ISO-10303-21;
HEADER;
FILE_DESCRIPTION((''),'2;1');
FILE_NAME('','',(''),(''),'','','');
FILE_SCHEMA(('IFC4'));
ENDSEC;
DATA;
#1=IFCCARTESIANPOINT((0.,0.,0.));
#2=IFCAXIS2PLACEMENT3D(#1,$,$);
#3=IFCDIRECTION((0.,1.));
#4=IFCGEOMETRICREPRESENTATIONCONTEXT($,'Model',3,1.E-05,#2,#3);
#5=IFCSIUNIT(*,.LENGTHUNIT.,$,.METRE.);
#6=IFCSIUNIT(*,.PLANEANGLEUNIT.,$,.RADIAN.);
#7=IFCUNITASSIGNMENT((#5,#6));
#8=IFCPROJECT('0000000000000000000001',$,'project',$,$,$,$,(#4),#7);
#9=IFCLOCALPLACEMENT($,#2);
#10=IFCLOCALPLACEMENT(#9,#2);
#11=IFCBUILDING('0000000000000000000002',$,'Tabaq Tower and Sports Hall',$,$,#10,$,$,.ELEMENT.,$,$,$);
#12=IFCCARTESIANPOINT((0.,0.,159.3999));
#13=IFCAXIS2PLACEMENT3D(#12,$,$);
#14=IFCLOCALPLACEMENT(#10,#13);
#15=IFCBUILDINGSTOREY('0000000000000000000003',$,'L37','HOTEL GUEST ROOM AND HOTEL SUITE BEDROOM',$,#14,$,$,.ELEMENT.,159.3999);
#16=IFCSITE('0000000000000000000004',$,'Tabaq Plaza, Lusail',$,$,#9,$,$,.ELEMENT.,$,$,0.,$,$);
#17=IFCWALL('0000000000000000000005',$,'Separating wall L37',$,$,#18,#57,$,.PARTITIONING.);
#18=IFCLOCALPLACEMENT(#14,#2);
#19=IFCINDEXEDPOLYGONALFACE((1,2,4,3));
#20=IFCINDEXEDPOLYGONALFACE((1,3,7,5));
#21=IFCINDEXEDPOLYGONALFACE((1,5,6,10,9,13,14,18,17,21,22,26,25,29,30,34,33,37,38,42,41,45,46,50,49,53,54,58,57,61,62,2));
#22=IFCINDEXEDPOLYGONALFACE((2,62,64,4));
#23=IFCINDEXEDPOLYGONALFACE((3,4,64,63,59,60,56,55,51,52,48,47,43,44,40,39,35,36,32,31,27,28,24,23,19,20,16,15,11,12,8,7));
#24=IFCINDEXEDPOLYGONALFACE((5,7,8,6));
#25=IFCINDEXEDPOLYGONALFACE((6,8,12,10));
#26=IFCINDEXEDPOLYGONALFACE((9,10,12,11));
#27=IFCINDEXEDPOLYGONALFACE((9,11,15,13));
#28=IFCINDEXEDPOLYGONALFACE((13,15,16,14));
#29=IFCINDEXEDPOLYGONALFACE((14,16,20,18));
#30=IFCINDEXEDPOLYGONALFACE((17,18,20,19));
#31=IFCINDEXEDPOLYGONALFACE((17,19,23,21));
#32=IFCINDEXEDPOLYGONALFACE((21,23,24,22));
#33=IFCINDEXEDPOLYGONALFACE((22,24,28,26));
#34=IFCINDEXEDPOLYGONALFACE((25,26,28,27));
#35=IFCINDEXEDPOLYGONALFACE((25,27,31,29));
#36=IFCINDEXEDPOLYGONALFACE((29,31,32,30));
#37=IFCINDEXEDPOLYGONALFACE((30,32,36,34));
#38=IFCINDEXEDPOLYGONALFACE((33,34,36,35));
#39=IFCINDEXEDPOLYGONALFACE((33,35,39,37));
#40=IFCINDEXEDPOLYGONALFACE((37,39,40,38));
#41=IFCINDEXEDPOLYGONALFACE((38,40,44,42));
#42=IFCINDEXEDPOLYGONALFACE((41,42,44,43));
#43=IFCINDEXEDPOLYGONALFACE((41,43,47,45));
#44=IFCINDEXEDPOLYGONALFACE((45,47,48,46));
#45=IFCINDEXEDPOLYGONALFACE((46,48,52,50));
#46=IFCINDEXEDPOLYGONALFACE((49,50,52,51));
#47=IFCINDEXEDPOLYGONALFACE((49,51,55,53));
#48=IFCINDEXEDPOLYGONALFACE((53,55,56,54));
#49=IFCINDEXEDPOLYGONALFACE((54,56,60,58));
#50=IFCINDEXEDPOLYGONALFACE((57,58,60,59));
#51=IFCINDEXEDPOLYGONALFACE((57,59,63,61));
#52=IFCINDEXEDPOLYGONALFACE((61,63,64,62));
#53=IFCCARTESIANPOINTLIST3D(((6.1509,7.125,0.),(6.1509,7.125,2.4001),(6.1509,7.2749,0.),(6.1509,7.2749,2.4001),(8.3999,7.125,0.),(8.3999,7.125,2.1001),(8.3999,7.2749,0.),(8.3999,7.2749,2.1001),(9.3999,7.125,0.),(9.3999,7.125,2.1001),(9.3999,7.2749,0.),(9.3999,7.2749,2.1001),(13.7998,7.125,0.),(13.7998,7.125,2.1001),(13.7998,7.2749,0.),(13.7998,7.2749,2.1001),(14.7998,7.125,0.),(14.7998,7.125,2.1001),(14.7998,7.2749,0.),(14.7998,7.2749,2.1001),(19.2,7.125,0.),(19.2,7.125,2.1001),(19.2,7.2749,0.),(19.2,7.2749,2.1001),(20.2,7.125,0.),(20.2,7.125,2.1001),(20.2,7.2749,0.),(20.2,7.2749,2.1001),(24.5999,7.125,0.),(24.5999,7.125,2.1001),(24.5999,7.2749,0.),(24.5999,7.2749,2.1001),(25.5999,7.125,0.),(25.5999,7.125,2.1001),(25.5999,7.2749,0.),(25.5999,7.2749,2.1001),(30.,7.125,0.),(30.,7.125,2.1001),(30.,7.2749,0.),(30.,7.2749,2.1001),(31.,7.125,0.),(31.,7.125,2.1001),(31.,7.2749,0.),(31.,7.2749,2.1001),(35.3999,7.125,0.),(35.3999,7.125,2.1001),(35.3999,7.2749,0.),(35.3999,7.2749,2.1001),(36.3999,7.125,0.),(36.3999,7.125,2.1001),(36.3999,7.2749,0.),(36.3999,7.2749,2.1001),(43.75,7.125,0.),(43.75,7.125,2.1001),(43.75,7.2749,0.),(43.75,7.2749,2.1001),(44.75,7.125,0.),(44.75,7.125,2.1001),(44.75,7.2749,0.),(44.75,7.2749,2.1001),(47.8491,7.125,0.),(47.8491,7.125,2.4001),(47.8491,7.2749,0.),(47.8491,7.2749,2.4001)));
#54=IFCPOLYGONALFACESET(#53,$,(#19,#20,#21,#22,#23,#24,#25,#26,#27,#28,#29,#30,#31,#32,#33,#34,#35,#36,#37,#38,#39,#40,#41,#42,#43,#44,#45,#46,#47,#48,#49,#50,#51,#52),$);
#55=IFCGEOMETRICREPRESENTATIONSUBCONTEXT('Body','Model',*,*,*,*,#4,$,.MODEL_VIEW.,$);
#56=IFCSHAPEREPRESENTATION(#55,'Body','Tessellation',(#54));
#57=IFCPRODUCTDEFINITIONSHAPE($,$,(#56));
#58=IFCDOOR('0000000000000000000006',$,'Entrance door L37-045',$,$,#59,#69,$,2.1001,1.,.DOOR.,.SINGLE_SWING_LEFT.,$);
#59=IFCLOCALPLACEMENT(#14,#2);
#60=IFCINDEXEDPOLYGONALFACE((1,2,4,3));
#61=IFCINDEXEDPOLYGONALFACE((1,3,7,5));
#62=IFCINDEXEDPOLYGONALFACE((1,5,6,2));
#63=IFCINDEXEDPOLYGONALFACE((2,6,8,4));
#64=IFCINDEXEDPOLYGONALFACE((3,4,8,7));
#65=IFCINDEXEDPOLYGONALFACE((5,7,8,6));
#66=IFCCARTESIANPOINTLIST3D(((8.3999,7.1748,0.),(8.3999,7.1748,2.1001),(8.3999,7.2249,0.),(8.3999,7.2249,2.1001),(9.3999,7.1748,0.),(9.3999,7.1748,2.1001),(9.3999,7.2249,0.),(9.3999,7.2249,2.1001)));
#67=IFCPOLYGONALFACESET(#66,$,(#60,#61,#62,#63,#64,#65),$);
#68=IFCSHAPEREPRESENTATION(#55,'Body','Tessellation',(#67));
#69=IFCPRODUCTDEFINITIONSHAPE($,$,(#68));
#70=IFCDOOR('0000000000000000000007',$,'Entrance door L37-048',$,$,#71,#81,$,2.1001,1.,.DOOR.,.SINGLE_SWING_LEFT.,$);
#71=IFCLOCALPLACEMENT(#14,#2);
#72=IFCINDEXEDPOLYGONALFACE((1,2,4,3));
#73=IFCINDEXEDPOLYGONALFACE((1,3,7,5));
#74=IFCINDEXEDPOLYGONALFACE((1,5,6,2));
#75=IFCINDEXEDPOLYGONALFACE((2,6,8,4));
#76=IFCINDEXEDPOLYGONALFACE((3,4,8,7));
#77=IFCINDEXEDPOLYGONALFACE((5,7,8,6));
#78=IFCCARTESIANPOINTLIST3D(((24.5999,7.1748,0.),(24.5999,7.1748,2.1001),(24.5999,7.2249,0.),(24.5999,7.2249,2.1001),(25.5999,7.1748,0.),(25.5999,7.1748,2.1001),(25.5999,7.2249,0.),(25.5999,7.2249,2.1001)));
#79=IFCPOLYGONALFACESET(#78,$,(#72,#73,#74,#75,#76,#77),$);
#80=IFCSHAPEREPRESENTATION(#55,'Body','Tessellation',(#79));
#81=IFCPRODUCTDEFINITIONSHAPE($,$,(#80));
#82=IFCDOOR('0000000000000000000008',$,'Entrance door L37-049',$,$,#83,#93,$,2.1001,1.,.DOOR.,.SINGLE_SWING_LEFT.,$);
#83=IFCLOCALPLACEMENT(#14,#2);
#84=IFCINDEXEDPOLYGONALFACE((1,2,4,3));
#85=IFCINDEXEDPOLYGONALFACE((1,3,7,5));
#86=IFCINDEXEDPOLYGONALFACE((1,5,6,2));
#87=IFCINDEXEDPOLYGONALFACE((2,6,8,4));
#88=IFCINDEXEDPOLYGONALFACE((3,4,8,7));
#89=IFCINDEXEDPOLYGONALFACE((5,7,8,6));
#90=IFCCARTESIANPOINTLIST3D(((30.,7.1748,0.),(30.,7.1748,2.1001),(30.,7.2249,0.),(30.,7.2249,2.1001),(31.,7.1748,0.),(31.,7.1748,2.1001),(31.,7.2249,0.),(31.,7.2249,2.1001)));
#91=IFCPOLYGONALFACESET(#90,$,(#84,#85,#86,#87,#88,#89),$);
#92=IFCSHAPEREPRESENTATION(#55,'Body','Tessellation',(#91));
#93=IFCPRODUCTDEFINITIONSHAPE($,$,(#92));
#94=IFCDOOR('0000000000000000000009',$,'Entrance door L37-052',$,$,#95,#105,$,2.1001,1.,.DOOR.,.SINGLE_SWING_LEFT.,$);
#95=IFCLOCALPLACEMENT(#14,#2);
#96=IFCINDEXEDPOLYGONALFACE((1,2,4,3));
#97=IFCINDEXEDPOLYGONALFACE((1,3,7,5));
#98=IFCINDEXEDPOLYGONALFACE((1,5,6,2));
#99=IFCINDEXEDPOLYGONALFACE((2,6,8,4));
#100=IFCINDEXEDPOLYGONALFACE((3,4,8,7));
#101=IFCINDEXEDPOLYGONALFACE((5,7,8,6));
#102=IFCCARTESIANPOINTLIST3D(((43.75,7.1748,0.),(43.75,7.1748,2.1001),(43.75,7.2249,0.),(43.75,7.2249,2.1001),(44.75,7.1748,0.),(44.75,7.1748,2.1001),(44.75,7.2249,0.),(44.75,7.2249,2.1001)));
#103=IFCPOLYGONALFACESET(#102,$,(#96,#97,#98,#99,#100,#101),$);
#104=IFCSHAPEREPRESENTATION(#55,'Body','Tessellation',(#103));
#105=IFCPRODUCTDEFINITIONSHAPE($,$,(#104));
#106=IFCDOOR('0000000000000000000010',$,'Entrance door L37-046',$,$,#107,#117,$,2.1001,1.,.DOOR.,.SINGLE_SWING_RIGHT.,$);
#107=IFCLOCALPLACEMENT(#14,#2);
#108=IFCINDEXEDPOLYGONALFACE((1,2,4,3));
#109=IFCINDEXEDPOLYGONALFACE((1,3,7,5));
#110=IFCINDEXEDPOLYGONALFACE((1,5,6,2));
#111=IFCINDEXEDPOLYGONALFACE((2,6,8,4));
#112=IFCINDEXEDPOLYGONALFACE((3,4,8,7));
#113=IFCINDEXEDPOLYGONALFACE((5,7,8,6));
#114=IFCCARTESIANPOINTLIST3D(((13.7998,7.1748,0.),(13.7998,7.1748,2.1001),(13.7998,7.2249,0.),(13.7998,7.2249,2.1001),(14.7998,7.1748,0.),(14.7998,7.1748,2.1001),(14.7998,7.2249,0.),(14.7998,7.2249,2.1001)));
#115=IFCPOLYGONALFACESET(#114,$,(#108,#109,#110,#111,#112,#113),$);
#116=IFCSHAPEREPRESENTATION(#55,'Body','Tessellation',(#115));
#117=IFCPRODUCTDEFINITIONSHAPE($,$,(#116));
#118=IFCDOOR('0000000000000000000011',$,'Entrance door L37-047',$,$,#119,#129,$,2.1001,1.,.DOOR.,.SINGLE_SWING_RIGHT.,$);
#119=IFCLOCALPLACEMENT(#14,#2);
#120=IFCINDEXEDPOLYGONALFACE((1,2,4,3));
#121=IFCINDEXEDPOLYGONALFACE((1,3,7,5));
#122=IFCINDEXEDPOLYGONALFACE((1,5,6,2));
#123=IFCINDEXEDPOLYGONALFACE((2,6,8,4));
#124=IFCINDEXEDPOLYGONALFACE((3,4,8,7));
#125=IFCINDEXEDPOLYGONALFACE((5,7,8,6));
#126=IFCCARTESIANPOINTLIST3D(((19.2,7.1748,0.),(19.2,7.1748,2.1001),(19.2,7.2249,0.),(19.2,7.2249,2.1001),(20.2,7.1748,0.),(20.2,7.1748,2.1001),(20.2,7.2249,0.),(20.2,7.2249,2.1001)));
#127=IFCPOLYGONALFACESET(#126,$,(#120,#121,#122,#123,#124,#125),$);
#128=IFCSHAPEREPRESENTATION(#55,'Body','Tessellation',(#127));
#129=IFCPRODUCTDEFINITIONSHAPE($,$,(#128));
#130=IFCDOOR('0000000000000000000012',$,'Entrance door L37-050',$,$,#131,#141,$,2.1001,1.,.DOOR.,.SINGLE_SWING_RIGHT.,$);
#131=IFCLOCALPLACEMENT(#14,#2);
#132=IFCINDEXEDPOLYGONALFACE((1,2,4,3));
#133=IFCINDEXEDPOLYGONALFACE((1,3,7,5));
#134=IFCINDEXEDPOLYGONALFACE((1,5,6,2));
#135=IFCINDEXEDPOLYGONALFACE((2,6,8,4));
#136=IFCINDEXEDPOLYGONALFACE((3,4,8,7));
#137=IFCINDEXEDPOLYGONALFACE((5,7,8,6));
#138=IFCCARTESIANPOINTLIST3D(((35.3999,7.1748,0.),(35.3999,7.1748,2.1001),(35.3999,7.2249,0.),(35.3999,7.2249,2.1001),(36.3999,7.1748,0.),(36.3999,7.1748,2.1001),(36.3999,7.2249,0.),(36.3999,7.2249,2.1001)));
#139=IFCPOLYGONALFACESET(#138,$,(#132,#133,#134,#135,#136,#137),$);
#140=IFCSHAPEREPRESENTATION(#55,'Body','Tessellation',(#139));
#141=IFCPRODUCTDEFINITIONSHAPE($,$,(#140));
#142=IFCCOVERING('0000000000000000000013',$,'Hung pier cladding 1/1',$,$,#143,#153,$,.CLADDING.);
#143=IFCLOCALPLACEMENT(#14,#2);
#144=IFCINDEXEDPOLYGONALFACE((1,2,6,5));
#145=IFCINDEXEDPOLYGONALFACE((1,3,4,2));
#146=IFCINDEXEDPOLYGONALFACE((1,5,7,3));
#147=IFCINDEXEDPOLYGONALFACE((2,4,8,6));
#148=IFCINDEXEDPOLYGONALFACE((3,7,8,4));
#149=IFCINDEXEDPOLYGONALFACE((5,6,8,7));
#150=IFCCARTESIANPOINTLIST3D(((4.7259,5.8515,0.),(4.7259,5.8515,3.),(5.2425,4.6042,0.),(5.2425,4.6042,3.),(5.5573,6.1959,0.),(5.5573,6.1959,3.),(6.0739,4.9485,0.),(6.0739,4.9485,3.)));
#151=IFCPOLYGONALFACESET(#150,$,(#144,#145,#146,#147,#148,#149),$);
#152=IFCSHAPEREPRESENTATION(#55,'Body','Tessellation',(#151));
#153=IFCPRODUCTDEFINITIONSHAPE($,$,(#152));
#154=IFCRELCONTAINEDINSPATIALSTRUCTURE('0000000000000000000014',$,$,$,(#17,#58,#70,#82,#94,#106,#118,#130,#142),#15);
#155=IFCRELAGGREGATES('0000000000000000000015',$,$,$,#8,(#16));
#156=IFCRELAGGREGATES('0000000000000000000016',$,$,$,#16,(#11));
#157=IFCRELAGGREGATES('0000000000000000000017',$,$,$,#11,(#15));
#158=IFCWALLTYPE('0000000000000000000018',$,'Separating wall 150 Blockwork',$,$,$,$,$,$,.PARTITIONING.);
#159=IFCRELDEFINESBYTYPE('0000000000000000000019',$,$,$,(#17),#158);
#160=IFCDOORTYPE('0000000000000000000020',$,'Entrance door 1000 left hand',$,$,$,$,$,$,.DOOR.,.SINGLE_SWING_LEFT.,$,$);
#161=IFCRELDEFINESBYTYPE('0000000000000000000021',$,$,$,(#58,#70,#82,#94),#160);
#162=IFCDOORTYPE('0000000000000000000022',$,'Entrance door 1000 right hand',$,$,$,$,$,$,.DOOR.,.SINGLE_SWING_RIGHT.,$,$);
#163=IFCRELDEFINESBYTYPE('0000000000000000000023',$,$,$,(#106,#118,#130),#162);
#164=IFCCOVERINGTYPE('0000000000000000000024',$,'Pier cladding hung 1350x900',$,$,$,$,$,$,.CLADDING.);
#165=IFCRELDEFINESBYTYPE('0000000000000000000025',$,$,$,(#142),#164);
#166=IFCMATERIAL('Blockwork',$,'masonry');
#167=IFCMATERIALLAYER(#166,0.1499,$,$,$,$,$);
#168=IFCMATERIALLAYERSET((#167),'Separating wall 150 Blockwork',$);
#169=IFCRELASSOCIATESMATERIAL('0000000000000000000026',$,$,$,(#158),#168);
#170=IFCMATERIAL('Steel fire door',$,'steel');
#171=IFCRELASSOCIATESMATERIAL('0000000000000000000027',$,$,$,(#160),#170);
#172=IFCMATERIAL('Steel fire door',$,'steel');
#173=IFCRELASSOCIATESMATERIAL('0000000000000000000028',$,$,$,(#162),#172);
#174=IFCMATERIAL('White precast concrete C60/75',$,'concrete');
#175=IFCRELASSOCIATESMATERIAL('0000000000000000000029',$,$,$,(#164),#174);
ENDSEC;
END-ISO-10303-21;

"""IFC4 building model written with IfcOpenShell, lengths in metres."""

from ifc_helpers import new_model, si_unit, direction, frame, frame_2d, origin, place, context, subcontext, project, spatial, rectangle, extrude, material, layer, layer_set, type_object, element, fill, save


model = new_model("IFC4")

# Units and contexts
model_context = context("Model", 3, precision=1e-05, world=origin(), true_north=direction((0.0, 1.0)))
body_context = subcontext(model_context, "Body", "Model", "MODEL_VIEW")
ifc_project = project(units=[si_unit("LENGTHUNIT", "METRE"), si_unit("PLANEANGLEUNIT", "RADIAN")], contexts=[model_context])

# Site, building, storey
site_placement = place(None, origin())
site = spatial("IfcSite", under=ifc_project, at=site_placement, Name="Tabaq Plaza, Lusail", CompositionType="ELEMENT", RefElevation=0.0)
building_placement = place(site_placement, origin())
building = spatial("IfcBuilding", under=site, at=building_placement, Name="Tabaq Tower and Sports Hall", CompositionType="ELEMENT")
storey_placement = place(building_placement, frame((0.0, 0.0, 159.3999)))
storey = spatial("IfcBuildingStorey", under=building, at=storey_placement, Name="L37", Description="HOTEL GUEST ROOM AND HOTEL SUITE BEDROOM", CompositionType="ELEMENT", Elevation=159.3999)

# Wall, openings, doors
ifc_material_1 = material(Name="Blockwork", Category="masonry")
ifc_layer_1 = layer(ifc_material_1, 0.1499)
ifc_layer_set_1 = layer_set([ifc_layer_1], Name="Separating wall 150 Blockwork")
wall_type_1 = type_object("IfcWallType", Name="Separating wall 150 Blockwork", PredefinedType="PARTITIONING", material=ifc_layer_set_1)
wall_1_placement = place(storey_placement, frame((6.1509, 7.2, 0.0), z_axis=(0.0, 0.0, 1.0), x_axis=(1.0, 0.0, 0.0)))
wall_1 = element("IfcWall", 1, at=wall_1_placement, inside=storey, type_object=wall_type_1, Name="Separating wall L37", PredefinedType="PARTITIONING", context=body_context, shape_type="SweptSolid", body=[
    extrude(rectangle(XDim=41.6982, YDim=0.1499, at=frame_2d((20.8491, 0.0))), origin(), (0.0, 0.0, 1.0), 2.4001),
])
opening_1_placement = place(wall_1_placement, frame((2.249, 0.0, 0.0)))
opening_1 = element("IfcOpeningElement", 2, at=opening_1_placement, cuts=wall_1, PredefinedType="OPENING", context=body_context, shape_type="SweptSolid", body=[
    extrude(rectangle(XDim=1.0, YDim=2.1001, at=frame_2d((0.5, 1.05))), frame((0.0, 0.075, 0.0), z_axis=(0.0, -1.0, 0.0), x_axis=(1.0, 0.0, 0.0)), (0.0, 0.0, 1.0), 0.1499),
])
opening_2_placement = place(wall_1_placement, frame((7.6489, 0.0, 0.0)))
opening_2 = element("IfcOpeningElement", 3, at=opening_2_placement, cuts=wall_1, PredefinedType="OPENING", context=body_context, shape_type="SweptSolid", body=[
    extrude(rectangle(XDim=1.0, YDim=2.1001, at=frame_2d((0.5, 1.05))), frame((0.0, 0.075, 0.0), z_axis=(0.0, -1.0, 0.0), x_axis=(1.0, 0.0, 0.0)), (0.0, 0.0, 1.0), 0.1499),
])
opening_3_placement = place(wall_1_placement, frame((13.0491, 0.0, 0.0)))
opening_3 = element("IfcOpeningElement", 4, at=opening_3_placement, cuts=wall_1, PredefinedType="OPENING", context=body_context, shape_type="SweptSolid", body=[
    extrude(rectangle(XDim=1.0, YDim=2.1001, at=frame_2d((0.5, 1.05))), frame((0.0, 0.075, 0.0), z_axis=(0.0, -1.0, 0.0), x_axis=(1.0, 0.0, 0.0)), (0.0, 0.0, 1.0), 0.1499),
])
opening_4_placement = place(wall_1_placement, frame((18.449, 0.0, 0.0)))
opening_4 = element("IfcOpeningElement", 5, at=opening_4_placement, cuts=wall_1, PredefinedType="OPENING", context=body_context, shape_type="SweptSolid", body=[
    extrude(rectangle(XDim=1.0, YDim=2.1001, at=frame_2d((0.5, 1.05))), frame((0.0, 0.075, 0.0), z_axis=(0.0, -1.0, 0.0), x_axis=(1.0, 0.0, 0.0)), (0.0, 0.0, 1.0), 0.1499),
])
opening_5_placement = place(wall_1_placement, frame((23.8491, 0.0, 0.0)))
opening_5 = element("IfcOpeningElement", 6, at=opening_5_placement, cuts=wall_1, PredefinedType="OPENING", context=body_context, shape_type="SweptSolid", body=[
    extrude(rectangle(XDim=1.0, YDim=2.1001, at=frame_2d((0.5, 1.05))), frame((0.0, 0.075, 0.0), z_axis=(0.0, -1.0, 0.0), x_axis=(1.0, 0.0, 0.0)), (0.0, 0.0, 1.0), 0.1499),
])
opening_6_placement = place(wall_1_placement, frame((29.249, 0.0, 0.0)))
opening_6 = element("IfcOpeningElement", 7, at=opening_6_placement, cuts=wall_1, PredefinedType="OPENING", context=body_context, shape_type="SweptSolid", body=[
    extrude(rectangle(XDim=1.0, YDim=2.1001, at=frame_2d((0.5, 1.05))), frame((0.0, 0.075, 0.0), z_axis=(0.0, -1.0, 0.0), x_axis=(1.0, 0.0, 0.0)), (0.0, 0.0, 1.0), 0.1499),
])
opening_7_placement = place(wall_1_placement, frame((37.5991, 0.0, 0.0)))
opening_7 = element("IfcOpeningElement", 8, at=opening_7_placement, cuts=wall_1, PredefinedType="OPENING", context=body_context, shape_type="SweptSolid", body=[
    extrude(rectangle(XDim=1.0, YDim=2.1001, at=frame_2d((0.5, 1.05))), frame((0.0, 0.075, 0.0), z_axis=(0.0, -1.0, 0.0), x_axis=(1.0, 0.0, 0.0)), (0.0, 0.0, 1.0), 0.1499),
])
ifc_material_2 = material(Name="Steel fire door", Category="steel")
door_type_1 = type_object("IfcDoorType", Name="Entrance door 1000 left hand", OperationType="SINGLE_SWING_LEFT", PredefinedType="DOOR", material=ifc_material_2)
door_1_placement = place(opening_1_placement, origin())
door_1 = element("IfcDoor", 9, at=door_1_placement, inside=storey, type_object=door_type_1, Name="Entrance door L37-045", OperationType="SINGLE_SWING_LEFT", OverallHeight=2.1001, OverallWidth=1.0, PredefinedType="DOOR", context=body_context, shape_type="SweptSolid", body=[
    extrude(rectangle(XDim=1.0, YDim=2.1001, at=frame_2d((0.5, 1.05))), frame((0.0, 0.0249, 0.0), z_axis=(0.0, -1.0, 0.0), x_axis=(1.0, 0.0, 0.0)), (0.0, 0.0, 1.0), 0.05),
])
fill(opening_1, door_1)
door_2_placement = place(opening_4_placement, origin())
door_2 = element("IfcDoor", 10, at=door_2_placement, inside=storey, type_object=door_type_1, Name="Entrance door L37-048", OperationType="SINGLE_SWING_LEFT", OverallHeight=2.1001, OverallWidth=1.0, PredefinedType="DOOR", context=body_context, shape_type="SweptSolid", body=[
    extrude(rectangle(XDim=1.0, YDim=2.1001, at=frame_2d((0.5, 1.05))), frame((0.0, 0.0249, 0.0), z_axis=(0.0, -1.0, 0.0), x_axis=(1.0, 0.0, 0.0)), (0.0, 0.0, 1.0), 0.05),
])
fill(opening_4, door_2)
door_3_placement = place(opening_5_placement, origin())
door_3 = element("IfcDoor", 11, at=door_3_placement, inside=storey, type_object=door_type_1, Name="Entrance door L37-049", OperationType="SINGLE_SWING_LEFT", OverallHeight=2.1001, OverallWidth=1.0, PredefinedType="DOOR", context=body_context, shape_type="SweptSolid", body=[
    extrude(rectangle(XDim=1.0, YDim=2.1001, at=frame_2d((0.5, 1.05))), frame((0.0, 0.0249, 0.0), z_axis=(0.0, -1.0, 0.0), x_axis=(1.0, 0.0, 0.0)), (0.0, 0.0, 1.0), 0.05),
])
fill(opening_5, door_3)
door_4_placement = place(opening_7_placement, origin())
door_4 = element("IfcDoor", 12, at=door_4_placement, inside=storey, type_object=door_type_1, Name="Entrance door L37-052", OperationType="SINGLE_SWING_LEFT", OverallHeight=2.1001, OverallWidth=1.0, PredefinedType="DOOR", context=body_context, shape_type="SweptSolid", body=[
    extrude(rectangle(XDim=1.0, YDim=2.1001, at=frame_2d((0.5, 1.05))), frame((0.0, 0.0249, 0.0), z_axis=(0.0, -1.0, 0.0), x_axis=(1.0, 0.0, 0.0)), (0.0, 0.0, 1.0), 0.05),
])
fill(opening_7, door_4)
ifc_material_3 = material(Name="Steel fire door", Category="steel")
door_type_2 = type_object("IfcDoorType", Name="Entrance door 1000 right hand", OperationType="SINGLE_SWING_RIGHT", PredefinedType="DOOR", material=ifc_material_3)
door_5_placement = place(opening_2_placement, origin())
door_5 = element("IfcDoor", 13, at=door_5_placement, inside=storey, type_object=door_type_2, Name="Entrance door L37-046", OperationType="SINGLE_SWING_RIGHT", OverallHeight=2.1001, OverallWidth=1.0, PredefinedType="DOOR", context=body_context, shape_type="SweptSolid", body=[
    extrude(rectangle(XDim=1.0, YDim=2.1001, at=frame_2d((0.5, 1.05))), frame((0.0, 0.0249, 0.0), z_axis=(0.0, -1.0, 0.0), x_axis=(1.0, 0.0, 0.0)), (0.0, 0.0, 1.0), 0.05),
])
fill(opening_2, door_5)
door_6_placement = place(opening_3_placement, origin())
door_6 = element("IfcDoor", 14, at=door_6_placement, inside=storey, type_object=door_type_2, Name="Entrance door L37-047", OperationType="SINGLE_SWING_RIGHT", OverallHeight=2.1001, OverallWidth=1.0, PredefinedType="DOOR", context=body_context, shape_type="SweptSolid", body=[
    extrude(rectangle(XDim=1.0, YDim=2.1001, at=frame_2d((0.5, 1.05))), frame((0.0, 0.0249, 0.0), z_axis=(0.0, -1.0, 0.0), x_axis=(1.0, 0.0, 0.0)), (0.0, 0.0, 1.0), 0.05),
])
fill(opening_3, door_6)
door_7_placement = place(opening_6_placement, origin())
door_7 = element("IfcDoor", 15, at=door_7_placement, inside=storey, type_object=door_type_2, Name="Entrance door L37-050", OperationType="SINGLE_SWING_RIGHT", OverallHeight=2.1001, OverallWidth=1.0, PredefinedType="DOOR", context=body_context, shape_type="SweptSolid", body=[
    extrude(rectangle(XDim=1.0, YDim=2.1001, at=frame_2d((0.5, 1.05))), frame((0.0, 0.0249, 0.0), z_axis=(0.0, -1.0, 0.0), x_axis=(1.0, 0.0, 0.0)), (0.0, 0.0, 1.0), 0.05),
])
fill(opening_6, door_7)

# Covering
ifc_material_4 = material(Name="White precast concrete C60/75", Category="concrete")
covering_type = type_object("IfcCoveringType", Name="Pier cladding hung 1350x900", PredefinedType="CLADDING", material=ifc_material_4)
covering_placement = place(storey_placement, frame((5.1416, 6.0237, 0.0), z_axis=(0.0, 0.0, 1.0), x_axis=(0.38265, -0.923893, 0.0)))
element("IfcCovering", 16, at=covering_placement, inside=storey, type_object=covering_type, Name="Hung pier cladding 1/1", PredefinedType="CLADDING", context=body_context, shape_type="SweptSolid", body=[
    extrude(rectangle(XDim=1.3501, YDim=0.8999, at=frame_2d((0.675, 0.0))), origin(), (0.0, 0.0, 1.0), 3.0),
])

save(model, "model.ifc")
